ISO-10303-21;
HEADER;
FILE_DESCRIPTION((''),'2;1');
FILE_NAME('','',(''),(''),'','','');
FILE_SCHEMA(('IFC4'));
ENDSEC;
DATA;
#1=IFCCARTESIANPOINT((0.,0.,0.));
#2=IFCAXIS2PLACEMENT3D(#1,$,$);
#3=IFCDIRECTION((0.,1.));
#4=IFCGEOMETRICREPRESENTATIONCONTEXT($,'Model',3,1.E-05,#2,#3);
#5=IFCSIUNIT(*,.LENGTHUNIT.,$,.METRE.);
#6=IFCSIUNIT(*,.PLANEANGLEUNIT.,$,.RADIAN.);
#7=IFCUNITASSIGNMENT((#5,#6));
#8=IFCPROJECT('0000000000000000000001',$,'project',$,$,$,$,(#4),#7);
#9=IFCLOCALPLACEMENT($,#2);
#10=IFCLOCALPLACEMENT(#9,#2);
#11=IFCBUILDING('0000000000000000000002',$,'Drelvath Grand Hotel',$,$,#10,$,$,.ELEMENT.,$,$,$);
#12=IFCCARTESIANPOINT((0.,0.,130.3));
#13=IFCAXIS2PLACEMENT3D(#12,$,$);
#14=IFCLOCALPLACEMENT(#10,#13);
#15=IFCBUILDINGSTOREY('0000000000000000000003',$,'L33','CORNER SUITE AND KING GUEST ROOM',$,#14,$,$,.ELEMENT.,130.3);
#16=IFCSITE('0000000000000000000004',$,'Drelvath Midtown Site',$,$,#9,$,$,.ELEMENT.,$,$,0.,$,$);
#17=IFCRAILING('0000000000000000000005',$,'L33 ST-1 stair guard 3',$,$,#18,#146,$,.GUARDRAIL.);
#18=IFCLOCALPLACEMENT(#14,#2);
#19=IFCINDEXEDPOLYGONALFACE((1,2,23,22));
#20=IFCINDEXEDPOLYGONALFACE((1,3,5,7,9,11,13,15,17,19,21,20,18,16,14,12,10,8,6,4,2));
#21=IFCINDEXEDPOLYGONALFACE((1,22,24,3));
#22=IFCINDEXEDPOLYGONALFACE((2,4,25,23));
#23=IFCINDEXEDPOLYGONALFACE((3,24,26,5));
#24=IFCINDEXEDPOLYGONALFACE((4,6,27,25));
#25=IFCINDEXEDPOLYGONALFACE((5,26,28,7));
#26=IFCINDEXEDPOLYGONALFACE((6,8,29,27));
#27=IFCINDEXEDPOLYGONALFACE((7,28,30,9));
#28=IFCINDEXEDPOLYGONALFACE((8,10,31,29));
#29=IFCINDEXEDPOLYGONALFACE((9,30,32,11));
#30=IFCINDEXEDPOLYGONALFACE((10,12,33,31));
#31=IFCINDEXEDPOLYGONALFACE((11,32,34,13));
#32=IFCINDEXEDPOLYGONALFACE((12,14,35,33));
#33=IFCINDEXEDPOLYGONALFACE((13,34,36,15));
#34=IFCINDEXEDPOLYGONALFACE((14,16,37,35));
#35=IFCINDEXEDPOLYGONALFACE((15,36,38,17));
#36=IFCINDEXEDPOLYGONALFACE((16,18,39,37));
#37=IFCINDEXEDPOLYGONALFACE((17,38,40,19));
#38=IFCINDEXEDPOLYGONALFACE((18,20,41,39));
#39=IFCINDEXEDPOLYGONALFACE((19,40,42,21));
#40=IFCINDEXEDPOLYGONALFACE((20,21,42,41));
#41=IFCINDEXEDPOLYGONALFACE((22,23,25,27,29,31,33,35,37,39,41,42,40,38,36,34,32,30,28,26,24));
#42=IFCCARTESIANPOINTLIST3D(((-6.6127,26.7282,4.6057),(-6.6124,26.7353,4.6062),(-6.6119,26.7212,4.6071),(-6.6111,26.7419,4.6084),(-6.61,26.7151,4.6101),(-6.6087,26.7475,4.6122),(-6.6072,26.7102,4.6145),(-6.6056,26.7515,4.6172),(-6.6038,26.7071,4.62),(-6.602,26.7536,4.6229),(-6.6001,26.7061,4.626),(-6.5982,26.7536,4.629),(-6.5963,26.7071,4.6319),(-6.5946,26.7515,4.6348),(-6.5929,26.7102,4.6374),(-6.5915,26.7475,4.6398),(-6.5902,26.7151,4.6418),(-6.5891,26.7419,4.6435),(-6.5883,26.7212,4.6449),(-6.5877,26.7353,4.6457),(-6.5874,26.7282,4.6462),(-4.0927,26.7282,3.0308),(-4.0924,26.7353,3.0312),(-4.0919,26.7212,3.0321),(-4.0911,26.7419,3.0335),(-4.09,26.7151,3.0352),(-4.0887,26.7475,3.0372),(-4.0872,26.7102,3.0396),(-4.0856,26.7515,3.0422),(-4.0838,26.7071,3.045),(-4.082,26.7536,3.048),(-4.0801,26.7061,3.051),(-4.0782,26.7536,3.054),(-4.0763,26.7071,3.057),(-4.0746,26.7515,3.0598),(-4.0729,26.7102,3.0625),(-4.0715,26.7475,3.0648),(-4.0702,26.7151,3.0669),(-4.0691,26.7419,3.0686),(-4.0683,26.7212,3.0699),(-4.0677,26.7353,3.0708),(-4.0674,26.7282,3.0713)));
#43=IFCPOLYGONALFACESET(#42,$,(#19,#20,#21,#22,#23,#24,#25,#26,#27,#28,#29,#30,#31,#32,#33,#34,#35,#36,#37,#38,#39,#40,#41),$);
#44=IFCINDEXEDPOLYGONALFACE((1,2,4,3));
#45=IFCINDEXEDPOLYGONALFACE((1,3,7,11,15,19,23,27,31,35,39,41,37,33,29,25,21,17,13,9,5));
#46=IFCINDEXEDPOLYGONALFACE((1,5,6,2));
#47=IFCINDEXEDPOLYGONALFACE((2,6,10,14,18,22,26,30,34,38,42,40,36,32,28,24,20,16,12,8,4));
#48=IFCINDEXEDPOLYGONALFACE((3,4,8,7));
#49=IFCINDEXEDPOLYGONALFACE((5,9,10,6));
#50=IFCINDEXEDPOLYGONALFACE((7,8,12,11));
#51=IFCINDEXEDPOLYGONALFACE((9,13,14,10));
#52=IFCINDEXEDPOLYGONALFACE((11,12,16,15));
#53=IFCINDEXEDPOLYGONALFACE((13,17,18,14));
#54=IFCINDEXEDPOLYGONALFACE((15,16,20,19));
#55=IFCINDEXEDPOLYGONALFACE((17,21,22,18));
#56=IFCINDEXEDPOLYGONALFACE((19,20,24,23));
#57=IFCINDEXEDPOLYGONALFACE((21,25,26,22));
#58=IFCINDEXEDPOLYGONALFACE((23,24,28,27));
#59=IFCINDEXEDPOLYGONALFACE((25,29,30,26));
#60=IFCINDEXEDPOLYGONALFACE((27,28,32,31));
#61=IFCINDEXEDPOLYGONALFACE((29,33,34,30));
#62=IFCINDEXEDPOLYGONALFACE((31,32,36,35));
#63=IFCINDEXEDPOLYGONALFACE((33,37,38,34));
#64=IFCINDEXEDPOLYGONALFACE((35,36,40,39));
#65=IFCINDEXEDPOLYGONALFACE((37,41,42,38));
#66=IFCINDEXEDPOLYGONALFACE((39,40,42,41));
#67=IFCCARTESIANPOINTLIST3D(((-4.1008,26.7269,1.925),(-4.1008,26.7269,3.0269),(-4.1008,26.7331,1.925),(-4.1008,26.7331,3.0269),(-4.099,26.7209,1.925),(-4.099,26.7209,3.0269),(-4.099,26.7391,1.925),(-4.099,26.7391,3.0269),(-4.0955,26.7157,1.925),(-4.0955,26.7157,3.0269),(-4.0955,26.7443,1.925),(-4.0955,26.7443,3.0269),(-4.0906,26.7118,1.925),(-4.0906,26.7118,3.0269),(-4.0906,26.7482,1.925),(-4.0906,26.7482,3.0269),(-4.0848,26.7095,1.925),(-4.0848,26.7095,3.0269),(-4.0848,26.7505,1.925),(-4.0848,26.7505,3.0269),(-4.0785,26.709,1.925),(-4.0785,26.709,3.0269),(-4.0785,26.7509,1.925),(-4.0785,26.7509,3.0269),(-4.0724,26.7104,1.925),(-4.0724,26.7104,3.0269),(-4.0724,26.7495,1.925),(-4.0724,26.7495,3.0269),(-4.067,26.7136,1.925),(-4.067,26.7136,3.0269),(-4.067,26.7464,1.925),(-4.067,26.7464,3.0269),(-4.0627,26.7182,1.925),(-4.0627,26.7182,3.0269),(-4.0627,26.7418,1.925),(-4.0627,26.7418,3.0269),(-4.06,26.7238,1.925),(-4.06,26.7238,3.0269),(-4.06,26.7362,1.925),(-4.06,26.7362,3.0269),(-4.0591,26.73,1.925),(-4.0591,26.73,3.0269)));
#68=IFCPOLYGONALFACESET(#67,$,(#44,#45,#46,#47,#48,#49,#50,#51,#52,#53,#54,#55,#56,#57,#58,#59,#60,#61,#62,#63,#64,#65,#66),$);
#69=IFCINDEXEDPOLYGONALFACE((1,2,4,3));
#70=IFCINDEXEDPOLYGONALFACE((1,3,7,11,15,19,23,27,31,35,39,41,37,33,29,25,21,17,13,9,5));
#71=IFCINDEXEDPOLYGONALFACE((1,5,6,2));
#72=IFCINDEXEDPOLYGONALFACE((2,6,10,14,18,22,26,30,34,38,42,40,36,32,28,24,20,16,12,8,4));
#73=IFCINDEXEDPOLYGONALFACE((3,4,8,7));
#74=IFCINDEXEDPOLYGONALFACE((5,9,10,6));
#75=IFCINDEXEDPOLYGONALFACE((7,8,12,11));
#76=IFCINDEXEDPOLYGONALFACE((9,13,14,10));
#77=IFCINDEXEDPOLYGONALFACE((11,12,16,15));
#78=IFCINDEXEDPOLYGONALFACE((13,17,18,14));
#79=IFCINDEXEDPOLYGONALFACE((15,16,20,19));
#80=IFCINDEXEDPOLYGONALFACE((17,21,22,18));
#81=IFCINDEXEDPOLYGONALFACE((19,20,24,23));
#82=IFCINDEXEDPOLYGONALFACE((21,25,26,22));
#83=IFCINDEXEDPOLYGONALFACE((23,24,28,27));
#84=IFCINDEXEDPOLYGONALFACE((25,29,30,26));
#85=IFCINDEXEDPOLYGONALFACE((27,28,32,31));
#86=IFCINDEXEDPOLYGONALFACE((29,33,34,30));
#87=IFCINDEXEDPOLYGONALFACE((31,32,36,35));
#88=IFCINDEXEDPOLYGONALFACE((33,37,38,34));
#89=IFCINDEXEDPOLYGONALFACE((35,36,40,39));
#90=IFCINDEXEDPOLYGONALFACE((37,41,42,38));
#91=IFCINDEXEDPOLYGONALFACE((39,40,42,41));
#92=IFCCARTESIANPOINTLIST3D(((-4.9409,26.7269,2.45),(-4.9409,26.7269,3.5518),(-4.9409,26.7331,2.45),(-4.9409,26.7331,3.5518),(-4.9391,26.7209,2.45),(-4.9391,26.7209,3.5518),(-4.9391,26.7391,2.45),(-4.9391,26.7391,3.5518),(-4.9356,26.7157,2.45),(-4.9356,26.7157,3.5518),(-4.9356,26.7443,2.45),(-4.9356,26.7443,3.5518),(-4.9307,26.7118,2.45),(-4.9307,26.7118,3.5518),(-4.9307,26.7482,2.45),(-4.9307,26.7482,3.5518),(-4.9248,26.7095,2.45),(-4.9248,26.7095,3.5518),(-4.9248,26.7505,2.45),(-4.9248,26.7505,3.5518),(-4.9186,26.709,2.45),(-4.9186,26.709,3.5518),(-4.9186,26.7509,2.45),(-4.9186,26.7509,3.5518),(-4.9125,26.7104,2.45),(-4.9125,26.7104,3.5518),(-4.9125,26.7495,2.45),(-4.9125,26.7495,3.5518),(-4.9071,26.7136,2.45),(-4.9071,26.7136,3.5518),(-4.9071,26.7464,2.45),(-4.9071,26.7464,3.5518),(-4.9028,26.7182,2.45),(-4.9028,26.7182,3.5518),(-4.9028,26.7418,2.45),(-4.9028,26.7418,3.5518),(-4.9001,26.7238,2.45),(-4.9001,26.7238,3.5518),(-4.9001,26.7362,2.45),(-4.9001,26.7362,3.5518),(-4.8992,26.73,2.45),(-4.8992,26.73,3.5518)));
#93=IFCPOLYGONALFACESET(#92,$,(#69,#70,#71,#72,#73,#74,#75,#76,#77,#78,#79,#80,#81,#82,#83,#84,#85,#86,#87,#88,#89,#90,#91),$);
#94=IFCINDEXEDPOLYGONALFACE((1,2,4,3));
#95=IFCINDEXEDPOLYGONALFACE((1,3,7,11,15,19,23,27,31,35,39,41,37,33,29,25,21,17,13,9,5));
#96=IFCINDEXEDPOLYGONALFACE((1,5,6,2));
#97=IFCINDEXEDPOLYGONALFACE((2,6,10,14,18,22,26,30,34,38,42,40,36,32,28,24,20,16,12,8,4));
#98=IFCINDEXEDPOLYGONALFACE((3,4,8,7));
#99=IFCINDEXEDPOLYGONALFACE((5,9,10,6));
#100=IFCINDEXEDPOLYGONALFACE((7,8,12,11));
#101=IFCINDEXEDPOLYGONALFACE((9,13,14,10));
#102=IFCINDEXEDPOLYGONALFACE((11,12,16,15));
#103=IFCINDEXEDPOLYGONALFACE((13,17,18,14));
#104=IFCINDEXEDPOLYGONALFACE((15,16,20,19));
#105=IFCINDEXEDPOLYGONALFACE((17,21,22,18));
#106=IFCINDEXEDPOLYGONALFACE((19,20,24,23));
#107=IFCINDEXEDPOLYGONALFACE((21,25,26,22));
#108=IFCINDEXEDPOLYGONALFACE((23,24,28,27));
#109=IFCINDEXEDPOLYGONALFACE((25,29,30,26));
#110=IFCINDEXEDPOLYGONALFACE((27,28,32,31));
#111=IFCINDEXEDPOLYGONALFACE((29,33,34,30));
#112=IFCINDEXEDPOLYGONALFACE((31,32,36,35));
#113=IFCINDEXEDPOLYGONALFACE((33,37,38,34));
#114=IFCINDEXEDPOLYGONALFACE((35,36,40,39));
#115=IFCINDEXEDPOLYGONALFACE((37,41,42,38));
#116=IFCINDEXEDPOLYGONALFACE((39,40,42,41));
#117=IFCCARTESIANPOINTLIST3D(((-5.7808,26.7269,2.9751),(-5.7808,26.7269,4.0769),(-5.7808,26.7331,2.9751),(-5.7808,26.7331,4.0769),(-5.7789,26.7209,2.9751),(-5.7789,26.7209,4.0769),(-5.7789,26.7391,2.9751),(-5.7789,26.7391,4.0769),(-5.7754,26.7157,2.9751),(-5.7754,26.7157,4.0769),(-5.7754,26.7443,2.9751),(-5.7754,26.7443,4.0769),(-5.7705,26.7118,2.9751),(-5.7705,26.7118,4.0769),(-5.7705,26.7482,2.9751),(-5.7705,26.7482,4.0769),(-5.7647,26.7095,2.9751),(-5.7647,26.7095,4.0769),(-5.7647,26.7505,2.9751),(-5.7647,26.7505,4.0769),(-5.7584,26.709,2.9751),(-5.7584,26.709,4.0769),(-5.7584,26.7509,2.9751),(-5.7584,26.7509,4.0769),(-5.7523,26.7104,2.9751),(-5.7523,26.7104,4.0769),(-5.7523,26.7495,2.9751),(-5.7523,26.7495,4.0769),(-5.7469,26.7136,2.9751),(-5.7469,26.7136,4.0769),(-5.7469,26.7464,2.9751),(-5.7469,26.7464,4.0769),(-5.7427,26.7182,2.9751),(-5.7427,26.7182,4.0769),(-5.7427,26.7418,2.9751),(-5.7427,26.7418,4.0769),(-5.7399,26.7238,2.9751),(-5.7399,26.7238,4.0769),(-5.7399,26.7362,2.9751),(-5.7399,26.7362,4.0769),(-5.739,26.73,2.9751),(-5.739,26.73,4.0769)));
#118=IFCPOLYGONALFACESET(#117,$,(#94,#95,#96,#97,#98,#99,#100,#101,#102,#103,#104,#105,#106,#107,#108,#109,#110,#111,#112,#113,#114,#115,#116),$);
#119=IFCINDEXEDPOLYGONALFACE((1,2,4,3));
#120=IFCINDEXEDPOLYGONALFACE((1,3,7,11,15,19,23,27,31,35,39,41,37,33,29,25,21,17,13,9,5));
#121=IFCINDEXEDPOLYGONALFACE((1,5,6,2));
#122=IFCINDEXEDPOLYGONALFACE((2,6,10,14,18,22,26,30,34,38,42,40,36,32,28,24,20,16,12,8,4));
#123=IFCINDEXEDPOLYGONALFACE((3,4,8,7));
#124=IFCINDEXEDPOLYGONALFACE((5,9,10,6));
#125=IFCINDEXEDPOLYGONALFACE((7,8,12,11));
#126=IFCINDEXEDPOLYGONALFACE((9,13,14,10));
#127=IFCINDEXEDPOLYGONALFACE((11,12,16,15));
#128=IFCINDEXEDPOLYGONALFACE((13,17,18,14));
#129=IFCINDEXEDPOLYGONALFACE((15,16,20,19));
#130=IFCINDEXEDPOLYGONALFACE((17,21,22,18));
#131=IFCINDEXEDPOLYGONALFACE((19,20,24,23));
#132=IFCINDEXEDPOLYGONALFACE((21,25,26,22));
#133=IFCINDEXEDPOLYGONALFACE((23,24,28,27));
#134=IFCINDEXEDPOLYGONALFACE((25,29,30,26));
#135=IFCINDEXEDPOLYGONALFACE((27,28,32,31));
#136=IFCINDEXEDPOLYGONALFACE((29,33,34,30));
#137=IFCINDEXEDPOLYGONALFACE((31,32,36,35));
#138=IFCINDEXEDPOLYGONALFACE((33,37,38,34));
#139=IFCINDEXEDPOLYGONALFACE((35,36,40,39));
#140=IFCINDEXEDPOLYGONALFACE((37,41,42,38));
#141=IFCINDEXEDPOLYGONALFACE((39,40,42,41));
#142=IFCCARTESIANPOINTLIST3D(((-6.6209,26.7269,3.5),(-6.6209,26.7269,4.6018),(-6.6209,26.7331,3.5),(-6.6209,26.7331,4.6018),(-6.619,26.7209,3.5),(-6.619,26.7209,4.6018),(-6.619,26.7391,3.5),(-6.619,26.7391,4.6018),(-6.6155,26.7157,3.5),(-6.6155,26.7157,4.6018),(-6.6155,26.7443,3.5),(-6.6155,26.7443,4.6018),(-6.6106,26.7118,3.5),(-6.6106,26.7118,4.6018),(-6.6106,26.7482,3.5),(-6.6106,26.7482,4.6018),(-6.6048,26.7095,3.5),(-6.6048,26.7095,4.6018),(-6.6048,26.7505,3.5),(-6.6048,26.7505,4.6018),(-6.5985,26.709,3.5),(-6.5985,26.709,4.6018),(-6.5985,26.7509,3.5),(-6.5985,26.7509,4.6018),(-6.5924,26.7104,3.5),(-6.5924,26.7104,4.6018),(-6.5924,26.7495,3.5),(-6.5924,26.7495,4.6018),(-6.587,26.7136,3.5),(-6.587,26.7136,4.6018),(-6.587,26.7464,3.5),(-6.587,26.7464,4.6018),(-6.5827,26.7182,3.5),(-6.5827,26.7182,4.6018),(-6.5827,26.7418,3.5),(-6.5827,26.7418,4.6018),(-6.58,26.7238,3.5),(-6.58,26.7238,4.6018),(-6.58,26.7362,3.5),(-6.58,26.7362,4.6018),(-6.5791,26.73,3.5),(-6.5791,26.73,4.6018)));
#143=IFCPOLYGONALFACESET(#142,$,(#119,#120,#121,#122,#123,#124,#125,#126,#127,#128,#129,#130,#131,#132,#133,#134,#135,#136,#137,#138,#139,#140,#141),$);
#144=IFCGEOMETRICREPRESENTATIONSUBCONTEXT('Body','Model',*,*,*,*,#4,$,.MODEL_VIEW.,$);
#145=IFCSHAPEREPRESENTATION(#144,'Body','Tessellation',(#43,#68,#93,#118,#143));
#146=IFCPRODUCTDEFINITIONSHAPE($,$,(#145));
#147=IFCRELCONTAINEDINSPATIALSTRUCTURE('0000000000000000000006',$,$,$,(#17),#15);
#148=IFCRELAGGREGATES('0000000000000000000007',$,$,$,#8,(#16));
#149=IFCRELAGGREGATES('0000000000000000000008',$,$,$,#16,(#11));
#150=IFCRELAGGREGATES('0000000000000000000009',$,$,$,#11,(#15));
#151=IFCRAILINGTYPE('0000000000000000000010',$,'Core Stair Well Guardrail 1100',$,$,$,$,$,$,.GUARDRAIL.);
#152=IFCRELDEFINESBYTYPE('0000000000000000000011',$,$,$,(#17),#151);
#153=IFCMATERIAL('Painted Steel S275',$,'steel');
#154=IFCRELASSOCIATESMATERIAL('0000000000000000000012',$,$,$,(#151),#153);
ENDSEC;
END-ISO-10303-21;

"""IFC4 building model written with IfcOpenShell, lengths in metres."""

from ifc_helpers import new_model, si_unit, direction, frame, origin, origin_2d, place, context, subcontext, project, spatial, circle, extrude, material, type_object, element, save


model = new_model("IFC4")

# Units and contexts
model_context = context("Model", 3, precision=1e-05, world=origin(), true_north=direction((0.0, 1.0)))
body_context = subcontext(model_context, "Body", "Model", "MODEL_VIEW")
ifc_project = project(units=[si_unit("LENGTHUNIT", "METRE"), si_unit("PLANEANGLEUNIT", "RADIAN")], contexts=[model_context])

# Site, building, storey
site_placement = place(None, origin())
site = spatial("IfcSite", under=ifc_project, at=site_placement, Name="Drelvath Midtown Site", CompositionType="ELEMENT", RefElevation=0.0)
building_placement = place(site_placement, origin())
building = spatial("IfcBuilding", under=site, at=building_placement, Name="Drelvath Grand Hotel", CompositionType="ELEMENT")
storey_placement = place(building_placement, frame((0.0, 0.0, 130.3)))
storey = spatial("IfcBuildingStorey", under=building, at=storey_placement, Name="L33", Description="CORNER SUITE AND KING GUEST ROOM", CompositionType="ELEMENT", Elevation=130.3)

# Shared definitions
ifc_material_1 = material(Name="Painted Steel S275", Category="steel")

# Railing
railing_type_1 = type_object("IfcRailingType", Name="Core Stair Well Guardrail 1100", PredefinedType="GUARDRAIL", material=ifc_material_1)
railing_1_placement = place(storey_placement, frame((-4.0801, 26.73, 1.925)))
element("IfcRailing", 1, at=railing_1_placement, inside=storey, type_object=railing_type_1, Name="L33 ST-1 stair guard 3", PredefinedType="GUARDRAIL", context=body_context, shape_type="SweptSolid", body=[
    extrude(circle(Radius=0.0239, at=origin_2d()), frame((0.0, 0.0, 1.126), z_axis=(-0.848008, 0.0, 0.529984), x_axis=(0.0, -1.0, 0.0)), (0.0, 0.0, 1.0), 2.9717),
    extrude(circle(Radius=0.021, at=origin_2d()), origin(), (0.0, 0.0, 1.0), 1.1018),
    extrude(circle(Radius=0.021, at=origin_2d()), frame((-0.8401, 0.0, 0.5249)), (0.0, 0.0, 1.0), 1.1018),
    extrude(circle(Radius=0.021, at=origin_2d()), frame((-1.6799, 0.0, 1.05)), (0.0, 0.0, 1.0), 1.1018),
    extrude(circle(Radius=0.021, at=origin_2d()), frame((-2.52, 0.0, 1.575)), (0.0, 0.0, 1.0), 1.1018),
])

save(model, "model.ifc")
